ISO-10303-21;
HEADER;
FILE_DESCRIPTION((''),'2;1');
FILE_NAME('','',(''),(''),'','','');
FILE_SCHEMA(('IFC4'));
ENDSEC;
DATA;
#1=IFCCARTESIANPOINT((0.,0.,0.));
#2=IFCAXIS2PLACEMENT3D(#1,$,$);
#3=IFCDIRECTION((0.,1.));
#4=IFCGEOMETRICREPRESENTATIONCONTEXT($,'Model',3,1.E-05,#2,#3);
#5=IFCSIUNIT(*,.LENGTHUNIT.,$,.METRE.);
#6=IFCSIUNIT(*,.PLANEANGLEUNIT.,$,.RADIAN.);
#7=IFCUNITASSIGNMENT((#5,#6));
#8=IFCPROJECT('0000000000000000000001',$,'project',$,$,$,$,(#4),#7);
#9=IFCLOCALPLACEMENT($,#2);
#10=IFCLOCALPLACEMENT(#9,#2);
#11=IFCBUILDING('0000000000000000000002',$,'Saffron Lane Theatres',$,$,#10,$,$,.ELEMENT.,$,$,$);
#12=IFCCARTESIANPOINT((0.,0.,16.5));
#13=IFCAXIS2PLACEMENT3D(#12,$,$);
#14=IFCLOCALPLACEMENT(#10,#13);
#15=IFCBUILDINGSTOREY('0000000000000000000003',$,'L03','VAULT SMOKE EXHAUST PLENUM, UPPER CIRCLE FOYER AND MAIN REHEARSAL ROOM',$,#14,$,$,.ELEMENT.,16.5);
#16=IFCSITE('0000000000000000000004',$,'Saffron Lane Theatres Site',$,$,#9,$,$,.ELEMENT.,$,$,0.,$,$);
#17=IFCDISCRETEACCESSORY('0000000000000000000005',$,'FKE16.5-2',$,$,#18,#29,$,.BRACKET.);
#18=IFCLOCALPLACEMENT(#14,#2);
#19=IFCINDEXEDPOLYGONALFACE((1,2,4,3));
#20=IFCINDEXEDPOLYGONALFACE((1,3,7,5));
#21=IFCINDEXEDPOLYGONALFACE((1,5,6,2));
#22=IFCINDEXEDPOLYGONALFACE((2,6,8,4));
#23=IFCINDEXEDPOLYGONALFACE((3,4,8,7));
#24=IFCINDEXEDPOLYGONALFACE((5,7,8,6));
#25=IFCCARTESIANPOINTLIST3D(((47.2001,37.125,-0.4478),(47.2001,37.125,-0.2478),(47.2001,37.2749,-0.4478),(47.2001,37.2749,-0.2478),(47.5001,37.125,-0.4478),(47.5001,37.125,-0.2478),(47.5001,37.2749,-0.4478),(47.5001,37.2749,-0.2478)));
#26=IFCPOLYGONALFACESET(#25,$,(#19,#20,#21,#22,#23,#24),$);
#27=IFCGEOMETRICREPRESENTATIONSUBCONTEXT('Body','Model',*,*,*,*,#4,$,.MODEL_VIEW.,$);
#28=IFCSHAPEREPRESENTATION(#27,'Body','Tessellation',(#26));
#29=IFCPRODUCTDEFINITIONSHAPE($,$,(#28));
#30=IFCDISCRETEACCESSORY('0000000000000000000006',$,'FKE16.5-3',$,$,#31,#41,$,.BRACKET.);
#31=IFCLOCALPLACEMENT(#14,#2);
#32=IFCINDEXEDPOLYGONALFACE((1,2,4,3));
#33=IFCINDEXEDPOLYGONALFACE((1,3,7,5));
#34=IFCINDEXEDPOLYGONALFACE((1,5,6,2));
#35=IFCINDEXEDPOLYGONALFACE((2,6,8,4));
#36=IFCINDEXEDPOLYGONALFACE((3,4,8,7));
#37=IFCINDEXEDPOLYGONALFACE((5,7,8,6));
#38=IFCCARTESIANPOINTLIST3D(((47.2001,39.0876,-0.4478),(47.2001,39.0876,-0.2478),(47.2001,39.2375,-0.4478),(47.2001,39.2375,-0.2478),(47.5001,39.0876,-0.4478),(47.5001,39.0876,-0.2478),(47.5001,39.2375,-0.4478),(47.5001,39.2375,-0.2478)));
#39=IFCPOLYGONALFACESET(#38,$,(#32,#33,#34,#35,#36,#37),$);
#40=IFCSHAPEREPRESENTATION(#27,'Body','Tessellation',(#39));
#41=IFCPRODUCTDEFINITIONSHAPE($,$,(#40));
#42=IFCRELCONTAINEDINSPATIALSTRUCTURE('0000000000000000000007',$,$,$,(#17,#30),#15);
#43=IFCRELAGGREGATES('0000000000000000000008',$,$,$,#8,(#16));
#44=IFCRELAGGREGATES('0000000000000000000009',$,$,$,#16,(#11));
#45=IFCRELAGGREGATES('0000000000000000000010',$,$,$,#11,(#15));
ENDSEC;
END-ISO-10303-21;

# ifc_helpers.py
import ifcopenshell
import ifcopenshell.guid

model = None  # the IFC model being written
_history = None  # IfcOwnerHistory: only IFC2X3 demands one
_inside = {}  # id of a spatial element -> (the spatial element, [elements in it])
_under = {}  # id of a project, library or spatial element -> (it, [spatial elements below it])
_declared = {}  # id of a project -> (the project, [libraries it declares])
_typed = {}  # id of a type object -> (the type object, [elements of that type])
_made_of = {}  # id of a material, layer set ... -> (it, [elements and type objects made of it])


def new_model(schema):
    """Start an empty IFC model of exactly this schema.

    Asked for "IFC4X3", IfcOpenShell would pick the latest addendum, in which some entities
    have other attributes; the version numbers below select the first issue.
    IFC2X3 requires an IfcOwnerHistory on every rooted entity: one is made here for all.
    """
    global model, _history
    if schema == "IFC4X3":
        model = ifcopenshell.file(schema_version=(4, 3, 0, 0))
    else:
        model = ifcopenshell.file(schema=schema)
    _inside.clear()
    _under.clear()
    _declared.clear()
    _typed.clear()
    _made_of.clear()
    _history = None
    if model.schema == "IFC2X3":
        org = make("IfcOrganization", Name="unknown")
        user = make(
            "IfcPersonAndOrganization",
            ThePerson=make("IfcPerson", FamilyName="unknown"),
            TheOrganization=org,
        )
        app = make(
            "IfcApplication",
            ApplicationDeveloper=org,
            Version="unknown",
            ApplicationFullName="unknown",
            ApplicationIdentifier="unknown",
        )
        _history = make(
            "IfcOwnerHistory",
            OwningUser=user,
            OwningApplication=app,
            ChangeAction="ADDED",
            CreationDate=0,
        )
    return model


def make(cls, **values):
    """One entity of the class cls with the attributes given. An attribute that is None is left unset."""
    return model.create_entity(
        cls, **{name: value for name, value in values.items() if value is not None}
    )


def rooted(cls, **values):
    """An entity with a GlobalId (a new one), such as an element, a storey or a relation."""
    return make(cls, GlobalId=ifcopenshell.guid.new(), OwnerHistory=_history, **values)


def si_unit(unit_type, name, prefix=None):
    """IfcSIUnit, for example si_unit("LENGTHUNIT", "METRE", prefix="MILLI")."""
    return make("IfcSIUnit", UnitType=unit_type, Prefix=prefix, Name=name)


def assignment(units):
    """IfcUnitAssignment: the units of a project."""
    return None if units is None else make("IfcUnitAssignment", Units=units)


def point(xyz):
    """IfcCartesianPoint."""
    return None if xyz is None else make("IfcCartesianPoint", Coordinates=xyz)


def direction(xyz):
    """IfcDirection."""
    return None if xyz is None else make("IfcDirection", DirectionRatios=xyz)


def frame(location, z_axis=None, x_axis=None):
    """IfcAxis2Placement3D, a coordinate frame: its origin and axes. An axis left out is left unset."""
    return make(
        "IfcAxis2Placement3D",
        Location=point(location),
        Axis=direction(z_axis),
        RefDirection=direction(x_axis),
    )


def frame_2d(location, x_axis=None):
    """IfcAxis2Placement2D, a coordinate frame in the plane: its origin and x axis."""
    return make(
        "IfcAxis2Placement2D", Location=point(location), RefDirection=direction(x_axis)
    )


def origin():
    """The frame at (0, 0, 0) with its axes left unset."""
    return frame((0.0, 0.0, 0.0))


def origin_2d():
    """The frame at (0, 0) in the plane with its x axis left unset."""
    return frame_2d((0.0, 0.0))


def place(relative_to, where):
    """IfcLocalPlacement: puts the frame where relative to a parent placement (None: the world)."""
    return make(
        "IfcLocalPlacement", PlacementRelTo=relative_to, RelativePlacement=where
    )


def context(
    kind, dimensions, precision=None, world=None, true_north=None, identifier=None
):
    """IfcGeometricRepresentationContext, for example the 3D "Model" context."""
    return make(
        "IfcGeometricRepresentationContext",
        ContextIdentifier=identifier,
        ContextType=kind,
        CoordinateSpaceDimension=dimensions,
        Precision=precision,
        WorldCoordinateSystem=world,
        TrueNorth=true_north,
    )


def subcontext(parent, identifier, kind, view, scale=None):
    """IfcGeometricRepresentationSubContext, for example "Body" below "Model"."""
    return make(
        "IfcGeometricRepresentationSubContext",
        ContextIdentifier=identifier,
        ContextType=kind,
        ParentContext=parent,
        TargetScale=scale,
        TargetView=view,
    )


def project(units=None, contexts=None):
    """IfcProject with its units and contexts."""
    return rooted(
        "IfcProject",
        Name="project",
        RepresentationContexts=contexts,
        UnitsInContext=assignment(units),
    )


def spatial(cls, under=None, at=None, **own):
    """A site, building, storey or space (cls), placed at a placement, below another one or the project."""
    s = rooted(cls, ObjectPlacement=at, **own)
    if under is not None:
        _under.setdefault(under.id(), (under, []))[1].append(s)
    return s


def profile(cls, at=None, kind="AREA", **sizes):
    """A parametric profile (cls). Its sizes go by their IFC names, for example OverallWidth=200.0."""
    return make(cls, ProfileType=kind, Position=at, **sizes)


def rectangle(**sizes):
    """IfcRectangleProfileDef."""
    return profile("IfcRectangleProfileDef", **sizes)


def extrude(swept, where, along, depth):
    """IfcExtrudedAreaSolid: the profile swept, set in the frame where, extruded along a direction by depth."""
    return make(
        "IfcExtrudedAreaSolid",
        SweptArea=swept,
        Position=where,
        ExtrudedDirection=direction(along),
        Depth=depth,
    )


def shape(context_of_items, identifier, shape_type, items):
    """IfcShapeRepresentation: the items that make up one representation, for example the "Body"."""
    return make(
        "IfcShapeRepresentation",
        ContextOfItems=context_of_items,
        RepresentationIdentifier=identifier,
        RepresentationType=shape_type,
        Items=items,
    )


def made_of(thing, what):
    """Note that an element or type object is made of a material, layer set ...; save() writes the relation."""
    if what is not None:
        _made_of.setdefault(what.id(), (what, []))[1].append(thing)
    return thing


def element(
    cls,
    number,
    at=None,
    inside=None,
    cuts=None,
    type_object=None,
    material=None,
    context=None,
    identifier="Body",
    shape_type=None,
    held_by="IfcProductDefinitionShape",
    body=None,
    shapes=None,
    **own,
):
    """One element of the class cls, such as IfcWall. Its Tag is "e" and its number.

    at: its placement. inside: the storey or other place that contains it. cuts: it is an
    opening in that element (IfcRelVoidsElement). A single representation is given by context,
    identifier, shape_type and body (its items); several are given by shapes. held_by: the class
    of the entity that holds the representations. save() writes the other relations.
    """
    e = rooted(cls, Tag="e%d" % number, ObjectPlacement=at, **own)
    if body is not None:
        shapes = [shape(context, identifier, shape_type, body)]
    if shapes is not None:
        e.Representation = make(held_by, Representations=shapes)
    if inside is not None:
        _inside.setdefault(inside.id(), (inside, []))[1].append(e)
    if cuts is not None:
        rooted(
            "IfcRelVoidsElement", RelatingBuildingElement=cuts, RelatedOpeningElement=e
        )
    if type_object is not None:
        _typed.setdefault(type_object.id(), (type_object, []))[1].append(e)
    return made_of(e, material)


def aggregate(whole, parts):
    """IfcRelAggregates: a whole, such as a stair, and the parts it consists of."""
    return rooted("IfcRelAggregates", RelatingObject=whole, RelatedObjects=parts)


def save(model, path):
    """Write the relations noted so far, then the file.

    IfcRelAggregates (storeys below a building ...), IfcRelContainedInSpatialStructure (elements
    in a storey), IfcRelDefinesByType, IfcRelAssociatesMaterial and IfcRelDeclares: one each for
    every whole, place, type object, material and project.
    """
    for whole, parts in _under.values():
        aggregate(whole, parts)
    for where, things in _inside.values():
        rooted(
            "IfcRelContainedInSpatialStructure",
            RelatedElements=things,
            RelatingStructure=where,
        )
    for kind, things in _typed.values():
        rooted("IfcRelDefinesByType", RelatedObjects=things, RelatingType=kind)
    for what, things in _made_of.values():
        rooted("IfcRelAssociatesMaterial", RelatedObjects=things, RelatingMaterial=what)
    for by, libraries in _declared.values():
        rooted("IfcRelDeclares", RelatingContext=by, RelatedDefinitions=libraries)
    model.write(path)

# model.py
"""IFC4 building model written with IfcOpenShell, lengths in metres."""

from ifc_helpers import new_model, si_unit, direction, frame, origin, origin_2d, place, context, subcontext, project, spatial, rectangle, extrude, element, save


model = new_model("IFC4")

# Units and contexts
model_context = context("Model", 3, precision=1e-05, world=origin(), true_north=direction((0.0, 1.0)))
body_context = subcontext(model_context, "Body", "Model", "MODEL_VIEW")
ifc_project = project(units=[si_unit("LENGTHUNIT", "METRE"), si_unit("PLANEANGLEUNIT", "RADIAN")], contexts=[model_context])

# Site, building, storey
site_placement = place(None, origin())
site = spatial("IfcSite", under=ifc_project, at=site_placement, Name="Saffron Lane Theatres Site", CompositionType="ELEMENT", RefElevation=0.0)
building_placement = place(site_placement, origin())
building = spatial("IfcBuilding", under=site, at=building_placement, Name="Saffron Lane Theatres", CompositionType="ELEMENT")
storey_placement = place(building_placement, frame((0.0, 0.0, 16.5)))
storey = spatial("IfcBuildingStorey", under=building, at=storey_placement, Name="L03", Description="VAULT SMOKE EXHAUST PLENUM, UPPER CIRCLE FOYER AND MAIN REHEARSAL ROOM", CompositionType="ELEMENT", Elevation=16.5)

# Discrete accessories
for number, where, z_axis, x_axis, name in (
    (1, (47.3501, 37.2, -0.4478), (0.0, 0.0, 1.0), (1.0, 0.0, 0.0), "FKE16.5-2"),
    (2, (47.3501, 39.1626, -0.4478), (0.0, 0.0, 1.0), (1.0, 0.0, 0.0), "FKE16.5-3"),
):
    element("IfcDiscreteAccessory", number, at=place(storey_placement, frame(where, z_axis=z_axis, x_axis=x_axis)), inside=storey, Name=name, PredefinedType="BRACKET", context=body_context, shape_type="SweptSolid", body=[
        extrude(rectangle(XDim=0.3, YDim=0.1499, at=origin_2d()), origin(), (0.0, 0.0, 1.0), 0.2),
    ])

save(model, "model.ifc")
